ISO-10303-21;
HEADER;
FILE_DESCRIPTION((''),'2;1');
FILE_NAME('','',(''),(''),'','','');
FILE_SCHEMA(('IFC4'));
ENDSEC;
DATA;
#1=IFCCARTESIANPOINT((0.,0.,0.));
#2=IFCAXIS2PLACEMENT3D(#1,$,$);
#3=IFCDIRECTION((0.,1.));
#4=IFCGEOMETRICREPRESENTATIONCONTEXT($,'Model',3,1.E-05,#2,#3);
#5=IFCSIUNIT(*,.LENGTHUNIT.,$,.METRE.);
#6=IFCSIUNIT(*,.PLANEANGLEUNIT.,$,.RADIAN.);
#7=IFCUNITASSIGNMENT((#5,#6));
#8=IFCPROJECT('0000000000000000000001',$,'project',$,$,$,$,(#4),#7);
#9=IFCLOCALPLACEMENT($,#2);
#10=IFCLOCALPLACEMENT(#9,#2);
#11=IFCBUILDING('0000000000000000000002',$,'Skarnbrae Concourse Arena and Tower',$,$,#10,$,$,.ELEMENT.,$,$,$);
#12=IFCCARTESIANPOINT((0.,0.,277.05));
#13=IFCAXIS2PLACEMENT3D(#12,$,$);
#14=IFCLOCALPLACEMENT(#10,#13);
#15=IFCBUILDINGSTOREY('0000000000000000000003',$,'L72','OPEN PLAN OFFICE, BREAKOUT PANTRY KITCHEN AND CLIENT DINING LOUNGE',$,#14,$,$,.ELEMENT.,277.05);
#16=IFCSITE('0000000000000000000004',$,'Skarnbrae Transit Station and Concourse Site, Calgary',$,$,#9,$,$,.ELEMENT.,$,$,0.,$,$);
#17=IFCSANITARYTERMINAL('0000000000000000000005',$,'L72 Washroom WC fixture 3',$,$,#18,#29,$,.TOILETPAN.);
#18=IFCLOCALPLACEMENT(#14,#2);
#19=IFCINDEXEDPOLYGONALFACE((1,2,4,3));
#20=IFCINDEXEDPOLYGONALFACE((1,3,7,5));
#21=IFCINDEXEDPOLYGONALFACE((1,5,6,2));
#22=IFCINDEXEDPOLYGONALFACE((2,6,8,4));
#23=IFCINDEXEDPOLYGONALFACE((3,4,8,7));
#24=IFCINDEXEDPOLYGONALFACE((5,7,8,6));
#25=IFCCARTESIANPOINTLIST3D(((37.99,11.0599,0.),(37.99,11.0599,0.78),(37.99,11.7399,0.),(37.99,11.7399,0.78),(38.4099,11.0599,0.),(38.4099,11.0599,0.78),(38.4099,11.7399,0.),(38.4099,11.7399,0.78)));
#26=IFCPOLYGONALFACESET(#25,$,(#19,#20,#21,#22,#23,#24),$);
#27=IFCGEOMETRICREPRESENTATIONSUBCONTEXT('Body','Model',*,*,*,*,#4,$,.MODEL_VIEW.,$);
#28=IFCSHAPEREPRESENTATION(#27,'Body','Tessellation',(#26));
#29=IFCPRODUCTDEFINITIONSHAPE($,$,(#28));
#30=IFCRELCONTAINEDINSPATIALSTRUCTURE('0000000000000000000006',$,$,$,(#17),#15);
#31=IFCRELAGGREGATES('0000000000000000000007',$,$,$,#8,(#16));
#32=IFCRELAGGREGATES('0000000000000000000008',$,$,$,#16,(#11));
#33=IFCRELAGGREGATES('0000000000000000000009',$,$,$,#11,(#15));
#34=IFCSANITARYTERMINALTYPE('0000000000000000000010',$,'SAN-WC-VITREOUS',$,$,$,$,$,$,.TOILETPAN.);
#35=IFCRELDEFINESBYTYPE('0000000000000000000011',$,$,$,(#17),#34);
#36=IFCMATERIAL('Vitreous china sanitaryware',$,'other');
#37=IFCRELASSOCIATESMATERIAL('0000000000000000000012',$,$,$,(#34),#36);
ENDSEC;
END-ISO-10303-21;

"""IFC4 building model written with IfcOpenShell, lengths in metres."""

from ifc_helpers import new_model, si_unit, direction, frame, origin, origin_2d, place, context, subcontext, project, spatial, rectangle, extrude, source, transform, mapped, material, type_object, element, save


model = new_model("IFC4")

# Units and contexts
model_context = context("Model", 3, precision=1e-05, world=origin(), true_north=direction((0.0, 1.0)))
body_context = subcontext(model_context, "Body", "Model", "MODEL_VIEW")
ifc_project = project(units=[si_unit("LENGTHUNIT", "METRE"), si_unit("PLANEANGLEUNIT", "RADIAN")], contexts=[model_context])

# Site, building, storey
site_placement = place(None, origin())
site = spatial("IfcSite", under=ifc_project, at=site_placement, Name="Skarnbrae Transit Station and Concourse Site, Calgary", CompositionType="ELEMENT", RefElevation=0.0)
building_placement = place(site_placement, origin())
building = spatial("IfcBuilding", under=site, at=building_placement, Name="Skarnbrae Concourse Arena and Tower", CompositionType="ELEMENT")
storey_placement = place(building_placement, frame((0.0, 0.0, 277.05)))
storey = spatial("IfcBuildingStorey", under=building, at=storey_placement, Name="L72", Description="OPEN PLAN OFFICE, BREAKOUT PANTRY KITCHEN AND CLIENT DINING LOUNGE", CompositionType="ELEMENT", Elevation=277.05)

# Sanitary terminal
ifc_material_1 = material(Name="Vitreous china sanitaryware", Category="other")
sanitary_terminal_type = type_object("IfcSanitaryTerminalType", Name="SAN-WC-VITREOUS", PredefinedType="TOILETPAN", material=ifc_material_1)
shared_shape_1 = source(origin(), body_context, "Body", "SweptSolid", [
    extrude(rectangle(XDim=0.4199, YDim=0.6799, at=origin_2d()), origin(), (0.0, 0.0, 1.0), 0.78),
])
for number, where, z_axis, x_axis, name in (
    (1, (38.2, 11.3999, 0.0), (0.0, 0.0, 1.0), (1.0, 0.0, 0.0), "L72 Washroom WC fixture 3"),
):
    element("IfcSanitaryTerminal", number, at=place(storey_placement, frame(where, z_axis=z_axis, x_axis=x_axis)), inside=storey, type_object=sanitary_terminal_type, Name=name, PredefinedType="TOILETPAN", context=body_context, shape_type="MappedRepresentation", body=[
        mapped(shared_shape_1, transform((0.0, 0.0, 0.0))),
    ])

save(model, "model.ifc")
